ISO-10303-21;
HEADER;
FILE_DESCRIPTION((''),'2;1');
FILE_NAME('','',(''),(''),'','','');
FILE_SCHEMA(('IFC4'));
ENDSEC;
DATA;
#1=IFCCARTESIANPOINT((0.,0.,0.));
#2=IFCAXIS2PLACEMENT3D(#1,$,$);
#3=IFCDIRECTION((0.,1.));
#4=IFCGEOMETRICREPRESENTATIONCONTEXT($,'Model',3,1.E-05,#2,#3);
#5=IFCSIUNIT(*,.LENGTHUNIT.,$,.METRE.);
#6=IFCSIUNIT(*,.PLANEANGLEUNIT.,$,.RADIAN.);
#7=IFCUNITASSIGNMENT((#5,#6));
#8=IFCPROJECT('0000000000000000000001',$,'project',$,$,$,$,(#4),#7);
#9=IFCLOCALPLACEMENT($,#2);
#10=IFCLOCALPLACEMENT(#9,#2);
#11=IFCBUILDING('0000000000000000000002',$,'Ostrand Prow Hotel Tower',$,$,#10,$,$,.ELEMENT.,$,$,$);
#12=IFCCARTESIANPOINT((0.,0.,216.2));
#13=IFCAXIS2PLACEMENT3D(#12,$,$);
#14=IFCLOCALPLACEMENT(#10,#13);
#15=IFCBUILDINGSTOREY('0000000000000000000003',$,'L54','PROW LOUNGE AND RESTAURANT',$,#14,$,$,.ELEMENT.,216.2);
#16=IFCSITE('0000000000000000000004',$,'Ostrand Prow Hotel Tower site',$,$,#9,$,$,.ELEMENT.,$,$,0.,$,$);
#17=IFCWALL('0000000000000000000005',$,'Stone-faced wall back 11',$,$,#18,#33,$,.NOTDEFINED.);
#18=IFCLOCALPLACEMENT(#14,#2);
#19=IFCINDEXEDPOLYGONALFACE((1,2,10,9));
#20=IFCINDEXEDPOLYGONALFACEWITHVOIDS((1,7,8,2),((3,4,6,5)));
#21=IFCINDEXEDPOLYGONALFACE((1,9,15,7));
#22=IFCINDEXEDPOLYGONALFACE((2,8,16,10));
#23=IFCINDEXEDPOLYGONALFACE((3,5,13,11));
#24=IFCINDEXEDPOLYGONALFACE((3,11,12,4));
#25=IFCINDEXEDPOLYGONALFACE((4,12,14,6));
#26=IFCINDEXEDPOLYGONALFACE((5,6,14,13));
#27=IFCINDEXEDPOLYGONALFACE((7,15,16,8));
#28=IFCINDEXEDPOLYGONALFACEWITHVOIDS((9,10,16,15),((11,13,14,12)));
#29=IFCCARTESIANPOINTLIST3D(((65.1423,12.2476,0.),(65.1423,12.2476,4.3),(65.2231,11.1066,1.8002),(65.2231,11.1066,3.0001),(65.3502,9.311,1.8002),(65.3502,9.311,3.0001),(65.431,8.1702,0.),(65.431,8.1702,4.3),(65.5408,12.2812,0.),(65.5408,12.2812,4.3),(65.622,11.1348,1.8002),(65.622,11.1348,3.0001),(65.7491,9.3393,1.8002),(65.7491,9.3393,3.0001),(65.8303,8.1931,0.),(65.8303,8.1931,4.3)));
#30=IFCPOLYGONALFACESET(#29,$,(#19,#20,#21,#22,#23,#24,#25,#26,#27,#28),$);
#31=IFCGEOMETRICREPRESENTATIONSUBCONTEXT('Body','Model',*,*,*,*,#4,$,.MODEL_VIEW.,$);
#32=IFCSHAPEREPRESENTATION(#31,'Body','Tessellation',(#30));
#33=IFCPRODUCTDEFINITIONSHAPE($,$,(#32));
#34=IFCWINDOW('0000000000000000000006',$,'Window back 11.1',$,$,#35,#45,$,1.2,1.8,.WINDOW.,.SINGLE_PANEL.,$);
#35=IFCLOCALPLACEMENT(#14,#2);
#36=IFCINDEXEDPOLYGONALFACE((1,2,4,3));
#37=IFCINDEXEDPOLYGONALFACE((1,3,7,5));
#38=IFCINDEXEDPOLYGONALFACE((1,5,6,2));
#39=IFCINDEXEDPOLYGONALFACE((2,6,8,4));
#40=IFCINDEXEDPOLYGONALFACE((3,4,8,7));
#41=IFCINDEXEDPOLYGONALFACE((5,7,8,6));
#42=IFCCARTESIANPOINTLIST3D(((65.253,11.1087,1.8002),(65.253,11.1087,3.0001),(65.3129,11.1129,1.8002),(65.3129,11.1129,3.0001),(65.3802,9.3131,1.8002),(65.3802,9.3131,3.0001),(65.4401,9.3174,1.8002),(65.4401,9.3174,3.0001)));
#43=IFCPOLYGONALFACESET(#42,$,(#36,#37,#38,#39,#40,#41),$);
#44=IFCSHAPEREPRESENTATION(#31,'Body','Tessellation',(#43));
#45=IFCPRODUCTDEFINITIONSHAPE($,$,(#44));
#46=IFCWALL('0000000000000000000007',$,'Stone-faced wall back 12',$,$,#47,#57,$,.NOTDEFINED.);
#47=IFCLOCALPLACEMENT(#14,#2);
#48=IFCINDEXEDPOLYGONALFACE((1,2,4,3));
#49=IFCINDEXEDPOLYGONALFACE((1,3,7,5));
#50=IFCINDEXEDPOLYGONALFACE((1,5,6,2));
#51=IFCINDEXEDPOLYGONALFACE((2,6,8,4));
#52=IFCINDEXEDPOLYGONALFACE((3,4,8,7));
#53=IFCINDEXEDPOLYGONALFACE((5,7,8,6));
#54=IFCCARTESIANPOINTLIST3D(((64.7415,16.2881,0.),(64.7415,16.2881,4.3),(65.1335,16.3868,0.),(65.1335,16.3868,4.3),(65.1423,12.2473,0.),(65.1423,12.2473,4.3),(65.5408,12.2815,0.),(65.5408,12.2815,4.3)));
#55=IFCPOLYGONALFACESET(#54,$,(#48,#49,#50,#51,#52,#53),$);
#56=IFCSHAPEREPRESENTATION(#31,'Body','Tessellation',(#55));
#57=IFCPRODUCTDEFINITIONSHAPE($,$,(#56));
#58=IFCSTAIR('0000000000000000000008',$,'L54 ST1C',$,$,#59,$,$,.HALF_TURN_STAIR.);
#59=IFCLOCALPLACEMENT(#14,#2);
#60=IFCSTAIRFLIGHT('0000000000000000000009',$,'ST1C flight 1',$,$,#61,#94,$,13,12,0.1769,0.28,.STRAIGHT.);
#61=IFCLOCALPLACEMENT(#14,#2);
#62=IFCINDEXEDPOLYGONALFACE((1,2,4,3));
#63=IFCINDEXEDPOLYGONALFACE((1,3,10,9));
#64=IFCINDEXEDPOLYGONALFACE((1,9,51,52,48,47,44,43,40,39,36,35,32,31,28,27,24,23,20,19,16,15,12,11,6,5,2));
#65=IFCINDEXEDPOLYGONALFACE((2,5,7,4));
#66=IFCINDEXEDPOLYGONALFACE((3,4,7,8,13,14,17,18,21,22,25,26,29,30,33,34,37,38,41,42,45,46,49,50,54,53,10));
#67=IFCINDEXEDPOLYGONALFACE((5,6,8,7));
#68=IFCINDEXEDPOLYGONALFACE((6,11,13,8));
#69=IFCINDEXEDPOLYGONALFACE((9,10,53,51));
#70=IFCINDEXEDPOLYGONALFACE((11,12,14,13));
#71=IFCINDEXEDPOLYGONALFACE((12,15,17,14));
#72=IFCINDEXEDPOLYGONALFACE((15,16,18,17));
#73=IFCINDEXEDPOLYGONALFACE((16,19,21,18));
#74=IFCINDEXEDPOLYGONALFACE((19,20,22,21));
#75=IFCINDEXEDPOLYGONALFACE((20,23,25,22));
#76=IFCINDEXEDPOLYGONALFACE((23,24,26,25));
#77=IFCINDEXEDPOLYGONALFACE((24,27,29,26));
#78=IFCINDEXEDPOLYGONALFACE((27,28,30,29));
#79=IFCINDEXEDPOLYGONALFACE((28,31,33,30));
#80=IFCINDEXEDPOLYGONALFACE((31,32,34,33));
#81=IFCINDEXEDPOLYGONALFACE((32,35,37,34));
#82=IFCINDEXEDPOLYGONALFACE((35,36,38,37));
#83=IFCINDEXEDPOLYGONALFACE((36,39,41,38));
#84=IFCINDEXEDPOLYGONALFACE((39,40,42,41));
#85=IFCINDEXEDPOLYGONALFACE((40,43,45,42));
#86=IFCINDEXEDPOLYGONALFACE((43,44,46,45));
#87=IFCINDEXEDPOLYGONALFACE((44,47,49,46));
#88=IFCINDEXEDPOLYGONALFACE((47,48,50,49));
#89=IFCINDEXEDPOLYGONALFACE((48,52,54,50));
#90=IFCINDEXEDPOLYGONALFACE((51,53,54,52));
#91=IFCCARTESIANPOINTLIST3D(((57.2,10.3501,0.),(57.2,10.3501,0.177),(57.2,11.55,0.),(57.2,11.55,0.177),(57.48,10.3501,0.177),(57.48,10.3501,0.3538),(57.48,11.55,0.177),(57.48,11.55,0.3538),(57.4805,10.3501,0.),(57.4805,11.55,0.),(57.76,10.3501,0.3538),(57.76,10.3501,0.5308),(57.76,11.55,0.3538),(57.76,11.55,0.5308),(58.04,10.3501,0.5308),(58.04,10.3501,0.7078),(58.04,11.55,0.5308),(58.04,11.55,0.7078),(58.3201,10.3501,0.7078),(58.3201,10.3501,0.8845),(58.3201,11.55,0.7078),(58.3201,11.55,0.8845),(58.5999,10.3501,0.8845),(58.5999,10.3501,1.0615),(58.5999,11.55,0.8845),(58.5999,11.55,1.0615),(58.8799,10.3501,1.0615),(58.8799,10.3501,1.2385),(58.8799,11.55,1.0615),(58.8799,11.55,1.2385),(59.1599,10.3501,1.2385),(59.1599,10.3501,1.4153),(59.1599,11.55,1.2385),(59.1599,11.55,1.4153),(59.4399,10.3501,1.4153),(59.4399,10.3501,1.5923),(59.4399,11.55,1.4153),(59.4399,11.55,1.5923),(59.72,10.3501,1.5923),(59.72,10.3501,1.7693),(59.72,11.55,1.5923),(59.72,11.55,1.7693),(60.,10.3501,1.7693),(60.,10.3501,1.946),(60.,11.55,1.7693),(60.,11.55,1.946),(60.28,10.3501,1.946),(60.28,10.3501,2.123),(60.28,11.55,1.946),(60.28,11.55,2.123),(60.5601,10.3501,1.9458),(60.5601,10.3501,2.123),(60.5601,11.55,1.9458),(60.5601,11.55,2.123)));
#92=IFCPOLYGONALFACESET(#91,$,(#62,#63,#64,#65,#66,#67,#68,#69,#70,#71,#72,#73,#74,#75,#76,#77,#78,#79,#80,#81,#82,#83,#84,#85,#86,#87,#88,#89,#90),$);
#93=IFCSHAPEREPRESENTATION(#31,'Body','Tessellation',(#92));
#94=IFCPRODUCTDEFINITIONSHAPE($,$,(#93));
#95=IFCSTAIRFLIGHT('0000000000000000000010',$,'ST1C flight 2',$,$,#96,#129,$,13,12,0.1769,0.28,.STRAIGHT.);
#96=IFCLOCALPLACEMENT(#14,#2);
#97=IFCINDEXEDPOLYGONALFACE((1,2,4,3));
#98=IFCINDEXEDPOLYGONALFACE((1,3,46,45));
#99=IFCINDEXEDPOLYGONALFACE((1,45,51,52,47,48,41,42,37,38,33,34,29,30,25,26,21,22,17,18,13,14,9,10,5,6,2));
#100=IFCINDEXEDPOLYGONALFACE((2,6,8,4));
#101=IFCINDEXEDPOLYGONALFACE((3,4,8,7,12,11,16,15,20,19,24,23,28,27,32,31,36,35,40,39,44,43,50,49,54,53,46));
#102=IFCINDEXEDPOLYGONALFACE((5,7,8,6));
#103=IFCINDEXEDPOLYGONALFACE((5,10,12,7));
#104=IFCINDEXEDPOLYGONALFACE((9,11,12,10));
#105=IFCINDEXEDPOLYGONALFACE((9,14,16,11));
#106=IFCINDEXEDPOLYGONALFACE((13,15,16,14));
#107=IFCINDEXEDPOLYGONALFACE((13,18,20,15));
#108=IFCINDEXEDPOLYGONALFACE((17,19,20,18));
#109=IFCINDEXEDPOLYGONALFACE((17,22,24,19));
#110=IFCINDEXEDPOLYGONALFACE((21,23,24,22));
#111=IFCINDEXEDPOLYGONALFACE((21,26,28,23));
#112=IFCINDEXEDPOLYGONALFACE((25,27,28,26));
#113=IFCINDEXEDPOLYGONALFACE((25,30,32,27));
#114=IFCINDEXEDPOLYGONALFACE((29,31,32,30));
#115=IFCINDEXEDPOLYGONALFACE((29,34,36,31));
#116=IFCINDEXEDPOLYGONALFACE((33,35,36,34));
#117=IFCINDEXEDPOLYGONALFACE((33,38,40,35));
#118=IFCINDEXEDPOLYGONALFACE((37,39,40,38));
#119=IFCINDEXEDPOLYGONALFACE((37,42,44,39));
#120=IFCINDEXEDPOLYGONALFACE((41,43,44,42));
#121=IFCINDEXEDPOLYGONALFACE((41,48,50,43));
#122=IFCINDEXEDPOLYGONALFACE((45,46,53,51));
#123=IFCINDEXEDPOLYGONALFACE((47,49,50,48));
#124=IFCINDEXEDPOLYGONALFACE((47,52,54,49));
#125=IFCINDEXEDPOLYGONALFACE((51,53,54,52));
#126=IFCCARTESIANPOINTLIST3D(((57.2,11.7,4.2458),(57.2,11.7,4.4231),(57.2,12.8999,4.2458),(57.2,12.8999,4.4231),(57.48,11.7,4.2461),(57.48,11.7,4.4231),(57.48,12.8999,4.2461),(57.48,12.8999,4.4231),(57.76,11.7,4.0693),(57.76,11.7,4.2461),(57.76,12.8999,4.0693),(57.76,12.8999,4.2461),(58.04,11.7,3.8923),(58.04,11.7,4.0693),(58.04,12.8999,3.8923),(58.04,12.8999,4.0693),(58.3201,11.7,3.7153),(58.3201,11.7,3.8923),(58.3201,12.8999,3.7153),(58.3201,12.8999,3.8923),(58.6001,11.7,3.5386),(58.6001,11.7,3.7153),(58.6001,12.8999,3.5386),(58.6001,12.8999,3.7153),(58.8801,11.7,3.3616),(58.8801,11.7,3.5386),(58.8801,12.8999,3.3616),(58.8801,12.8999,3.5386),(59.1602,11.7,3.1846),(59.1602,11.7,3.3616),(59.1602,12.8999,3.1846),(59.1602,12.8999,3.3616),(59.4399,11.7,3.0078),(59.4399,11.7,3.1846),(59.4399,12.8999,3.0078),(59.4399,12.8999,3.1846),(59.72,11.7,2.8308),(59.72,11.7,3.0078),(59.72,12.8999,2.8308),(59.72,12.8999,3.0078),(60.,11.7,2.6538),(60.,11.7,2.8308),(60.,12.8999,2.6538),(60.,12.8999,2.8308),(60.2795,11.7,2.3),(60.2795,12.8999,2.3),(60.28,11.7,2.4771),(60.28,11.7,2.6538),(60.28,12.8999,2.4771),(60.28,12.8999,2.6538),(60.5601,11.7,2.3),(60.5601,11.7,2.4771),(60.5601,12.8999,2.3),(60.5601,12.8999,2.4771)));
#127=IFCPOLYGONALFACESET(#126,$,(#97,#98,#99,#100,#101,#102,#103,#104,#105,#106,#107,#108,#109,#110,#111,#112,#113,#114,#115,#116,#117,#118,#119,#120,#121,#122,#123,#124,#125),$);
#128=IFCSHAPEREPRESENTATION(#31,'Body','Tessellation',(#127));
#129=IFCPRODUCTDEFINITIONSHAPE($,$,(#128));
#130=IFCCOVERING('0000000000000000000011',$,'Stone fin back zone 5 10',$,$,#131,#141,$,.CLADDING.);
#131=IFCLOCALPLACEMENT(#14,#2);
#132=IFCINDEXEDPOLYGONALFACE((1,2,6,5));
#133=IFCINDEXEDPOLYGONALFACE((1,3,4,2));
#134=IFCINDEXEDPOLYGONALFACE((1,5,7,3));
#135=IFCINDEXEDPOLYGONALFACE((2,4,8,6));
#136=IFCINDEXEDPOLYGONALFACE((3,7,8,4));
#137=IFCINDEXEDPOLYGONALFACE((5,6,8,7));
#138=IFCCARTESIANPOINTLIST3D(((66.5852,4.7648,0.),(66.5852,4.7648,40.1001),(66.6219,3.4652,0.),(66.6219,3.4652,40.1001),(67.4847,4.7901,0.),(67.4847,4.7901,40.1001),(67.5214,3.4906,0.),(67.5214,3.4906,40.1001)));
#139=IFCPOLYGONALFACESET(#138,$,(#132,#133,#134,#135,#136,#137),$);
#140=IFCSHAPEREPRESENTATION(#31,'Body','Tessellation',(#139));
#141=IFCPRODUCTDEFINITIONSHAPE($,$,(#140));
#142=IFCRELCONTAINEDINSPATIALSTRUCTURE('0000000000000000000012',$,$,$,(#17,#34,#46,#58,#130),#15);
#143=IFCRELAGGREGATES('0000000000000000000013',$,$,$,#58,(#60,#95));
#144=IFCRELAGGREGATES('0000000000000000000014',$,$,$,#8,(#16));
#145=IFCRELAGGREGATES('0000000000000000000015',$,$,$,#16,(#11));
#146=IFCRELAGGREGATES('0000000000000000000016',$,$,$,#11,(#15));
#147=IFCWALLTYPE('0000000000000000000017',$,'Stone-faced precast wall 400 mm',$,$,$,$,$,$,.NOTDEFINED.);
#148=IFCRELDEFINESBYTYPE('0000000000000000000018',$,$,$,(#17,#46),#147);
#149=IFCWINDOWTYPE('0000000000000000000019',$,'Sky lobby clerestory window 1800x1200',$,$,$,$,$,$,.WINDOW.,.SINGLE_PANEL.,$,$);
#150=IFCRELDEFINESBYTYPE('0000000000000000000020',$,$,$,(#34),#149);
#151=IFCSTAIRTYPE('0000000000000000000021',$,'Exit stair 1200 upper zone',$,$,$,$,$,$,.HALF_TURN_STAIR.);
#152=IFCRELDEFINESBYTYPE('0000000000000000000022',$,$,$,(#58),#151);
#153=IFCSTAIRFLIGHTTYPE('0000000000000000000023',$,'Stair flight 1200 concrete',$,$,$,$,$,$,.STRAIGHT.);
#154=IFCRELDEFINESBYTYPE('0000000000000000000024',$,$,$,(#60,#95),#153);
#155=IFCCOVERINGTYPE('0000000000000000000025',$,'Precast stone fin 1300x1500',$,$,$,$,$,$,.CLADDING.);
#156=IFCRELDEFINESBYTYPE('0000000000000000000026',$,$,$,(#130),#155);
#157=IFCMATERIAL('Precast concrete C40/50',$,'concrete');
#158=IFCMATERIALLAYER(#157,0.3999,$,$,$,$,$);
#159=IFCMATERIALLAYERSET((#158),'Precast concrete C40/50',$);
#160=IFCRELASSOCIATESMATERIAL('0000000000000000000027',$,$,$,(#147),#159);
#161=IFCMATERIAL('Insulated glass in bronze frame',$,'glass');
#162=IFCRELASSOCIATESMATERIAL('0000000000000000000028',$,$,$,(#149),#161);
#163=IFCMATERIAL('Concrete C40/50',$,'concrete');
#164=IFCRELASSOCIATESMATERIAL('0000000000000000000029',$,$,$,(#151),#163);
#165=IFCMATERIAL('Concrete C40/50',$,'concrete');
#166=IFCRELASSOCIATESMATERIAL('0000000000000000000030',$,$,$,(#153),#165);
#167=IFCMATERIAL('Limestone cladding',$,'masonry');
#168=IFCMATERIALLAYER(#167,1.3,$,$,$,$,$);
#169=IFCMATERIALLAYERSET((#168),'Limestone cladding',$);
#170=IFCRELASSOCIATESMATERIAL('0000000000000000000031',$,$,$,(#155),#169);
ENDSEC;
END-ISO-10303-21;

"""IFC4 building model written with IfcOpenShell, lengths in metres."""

from ifc_helpers import new_model, si_unit, direction, frame, frame_2d, origin, place, context, subcontext, project, spatial, polyline, rectangle, outline, extrude, material, layer, layer_set, type_object, element, fill, aggregate, save


model = new_model("IFC4")

# Units and contexts
model_context = context("Model", 3, precision=1e-05, world=origin(), true_north=direction((0.0, 1.0)))
body_context = subcontext(model_context, "Body", "Model", "MODEL_VIEW")
ifc_project = project(units=[si_unit("LENGTHUNIT", "METRE"), si_unit("PLANEANGLEUNIT", "RADIAN")], contexts=[model_context])

# Site, building, storey
site_placement = place(None, origin())
site = spatial("IfcSite", under=ifc_project, at=site_placement, Name="Ostrand Prow Hotel Tower site", CompositionType="ELEMENT", RefElevation=0.0)
building_placement = place(site_placement, origin())
building = spatial("IfcBuilding", under=site, at=building_placement, Name="Ostrand Prow Hotel Tower", CompositionType="ELEMENT")
storey_placement = place(building_placement, frame((0.0, 0.0, 216.2)))
storey = spatial("IfcBuildingStorey", under=building, at=storey_placement, Name="L54", Description="PROW LOUNGE AND RESTAURANT", CompositionType="ELEMENT", Elevation=216.2)

# Shared definitions
ifc_material_1 = material(Name="Precast concrete C40/50", Category="concrete")
ifc_layer_1 = layer(ifc_material_1, 0.3999)
ifc_layer_set_1 = layer_set([ifc_layer_1], Name="Precast concrete C40/50")
wall_type_1 = type_object("IfcWallType", Name="Stone-faced precast wall 400 mm", PredefinedType="NOTDEFINED", material=ifc_layer_set_1)

# Wall, opening, window
wall_1_placement = place(storey_placement, frame((65.6306, 8.1816, 0.0), z_axis=(0.0, 0.0, 1.0), x_axis=(-0.070624, 0.997503, 0.0)))
wall_1 = element("IfcWall", 1, at=wall_1_placement, inside=storey, type_object=wall_type_1, Name="Stone-faced wall back 11", PredefinedType="NOTDEFINED", context=body_context, shape_type="SweptSolid", body=[
    extrude(outline(polyline([(-0.0027, -0.2), (4.0957, -0.2), (4.0903, 0.2), (0.0027, 0.2), (-0.0027, -0.2)])), origin(), (0.0, 0.0, 1.0), 4.3),
])
opening_1_placement = place(wall_1_placement, frame((1.1465, 0.0, 1.8)))
opening_1 = element("IfcOpeningElement", 2, at=opening_1_placement, cuts=wall_1, PredefinedType="OPENING", context=body_context, shape_type="SweptSolid", body=[
    extrude(rectangle(XDim=1.8, YDim=1.2, at=frame_2d((0.8999, 0.6001))), frame((0.0, 0.21, 0.0), z_axis=(0.0, -1.0, 0.0), x_axis=(1.0, 0.0, 0.0)), (0.0, 0.0, 1.0), 0.4199),
])
ifc_material_2 = material(Name="Insulated glass in bronze frame", Category="glass")
window_type = type_object("IfcWindowType", Name="Sky lobby clerestory window 1800x1200", PartitioningType="SINGLE_PANEL", PredefinedType="WINDOW", material=ifc_material_2)
window_placement = place(opening_1_placement, origin())
window = element("IfcWindow", 3, at=window_placement, inside=storey, type_object=window_type, Name="Window back 11.1", OverallHeight=1.2, OverallWidth=1.8, PartitioningType="SINGLE_PANEL", PredefinedType="WINDOW", context=body_context, shape_type="SweptSolid", body=[
    extrude(rectangle(XDim=1.8, YDim=1.2, at=frame_2d((0.8999, 0.6001))), frame((0.0, 0.1699, 0.0), z_axis=(0.0, -1.0, 0.0), x_axis=(1.0, 0.0, 0.0)), (0.0, 0.0, 1.0), 0.0601),
])
fill(opening_1, window)

# Wall
wall_2_placement = place(storey_placement, frame((65.3416, 12.2644, 0.0), z_axis=(0.0, 0.0, 1.0), x_axis=(-0.098718, 0.995115, 0.0)))
element("IfcWall", 4, at=wall_2_placement, inside=storey, type_object=wall_type_1, Name="Stone-faced wall back 12", PredefinedType="NOTDEFINED", context=body_context, shape_type="SweptSolid", body=[
    extrude(outline(polyline([(-0.0027, -0.2), (4.1228, -0.2), (4.0632, 0.2), (0.0027, 0.2), (-0.0027, -0.2)])), origin(), (0.0, 0.0, 1.0), 4.3),
])

# Stair, stair flights
ifc_material_3 = material(Name="Concrete C40/50", Category="concrete")
stair_type = type_object("IfcStairType", Name="Exit stair 1200 upper zone", PredefinedType="HALF_TURN_STAIR", material=ifc_material_3)
stair_placement = place(storey_placement, origin())
stair = element("IfcStair", 5, at=stair_placement, inside=storey, type_object=stair_type, Name="L54 ST1C", PredefinedType="HALF_TURN_STAIR")
ifc_material_4 = material(Name="Concrete C40/50", Category="concrete")
stair_flight_type = type_object("IfcStairFlightType", Name="Stair flight 1200 concrete", PredefinedType="STRAIGHT", material=ifc_material_4)
stair_flight_1_placement = place(storey_placement, frame((57.2, 10.95, 0.0), z_axis=(0.0, 0.0, 1.0), x_axis=(1.0, 0.0, 0.0)))
stair_flight_1 = element("IfcStairFlight", 6, at=stair_flight_1_placement, type_object=stair_flight_type, Name="ST1C flight 1", NumberOfRisers=13, NumberOfTreads=12, PredefinedType="STRAIGHT", RiserHeight=0.1769, TreadLength=0.28, context=body_context, shape_type="SweptSolid", body=[
    extrude(outline(polyline([(0.0, 0.0), (0.0, 0.177), (0.28, 0.177), (0.28, 0.3538), (0.5601, 0.3538), (0.5601, 0.5308), (0.8401, 0.5308), (0.8401, 0.7078), (1.1201, 0.7078), (1.1201, 0.8845), (1.3999, 0.8845), (1.3999, 1.0615), (1.6799, 1.0615), (1.6799, 1.2385), (1.96, 1.2385), (1.96, 1.4153), (2.24, 1.4153), (2.24, 1.5923), (2.52, 1.5923), (2.52, 1.7693), (2.8, 1.7693), (2.8, 1.946), (3.0801, 1.946), (3.0801, 2.123), (3.3601, 2.123), (3.3601, 2.3), (3.3601, 1.9458), (0.2805, 0.0), (0.0, 0.0)])), frame((0.0, 0.6001, 0.0), z_axis=(0.0, -1.0, 0.0), x_axis=(1.0, 0.0, 0.0)), (0.0, 0.0, 1.0), 1.2),
])
stair_flight_2_placement = place(storey_placement, frame((60.5601, 12.3, 2.3), z_axis=(0.0, 0.0, 1.0), x_axis=(-1.0, 0.0, 0.0)))
stair_flight_2 = element("IfcStairFlight", 7, at=stair_flight_2_placement, type_object=stair_flight_type, Name="ST1C flight 2", NumberOfRisers=13, NumberOfTreads=12, PredefinedType="STRAIGHT", RiserHeight=0.1769, TreadLength=0.28, context=body_context, shape_type="SweptSolid", body=[
    extrude(outline(polyline([(0.0, 0.0), (0.0, 0.177), (0.28, 0.177), (0.28, 0.3538), (0.5601, 0.3538), (0.5601, 0.5308), (0.8401, 0.5308), (0.8401, 0.7078), (1.1201, 0.7078), (1.1201, 0.8845), (1.3999, 0.8845), (1.3999, 1.0615), (1.6799, 1.0615), (1.6799, 1.2385), (1.96, 1.2385), (1.96, 1.4153), (2.24, 1.4153), (2.24, 1.5923), (2.52, 1.5923), (2.52, 1.7693), (2.8, 1.7693), (2.8, 1.946), (3.0801, 1.946), (3.0801, 2.123), (3.3601, 2.123), (3.3601, 2.3), (3.3601, 1.9458), (0.2805, 0.0), (0.0, 0.0)])), frame((0.0, 0.6001, 0.0), z_axis=(0.0, -1.0, 0.0), x_axis=(1.0, 0.0, 0.0)), (0.0, 0.0, 1.0), 1.2),
])
aggregate(stair, [stair_flight_1, stair_flight_2])

# Covering
ifc_material_5 = material(Name="Limestone cladding", Category="masonry")
ifc_layer_2 = layer(ifc_material_5, 1.3)
ifc_layer_set_2 = layer_set([ifc_layer_2], Name="Limestone cladding")
covering_type = type_object("IfcCoveringType", Name="Precast stone fin 1300x1500", PredefinedType="CLADDING", material=ifc_layer_set_2)
covering_placement = place(storey_placement, frame((66.6035, 4.115, 0.0), z_axis=(0.0, 0.0, 1.0), x_axis=(0.999602, 0.028211, 0.0)))
element("IfcCovering", 8, at=covering_placement, inside=storey, type_object=covering_type, Name="Stone fin back zone 5 10", PredefinedType="CLADDING", context=body_context, shape_type="SweptSolid", body=[
    extrude(rectangle(XDim=0.8999, YDim=1.3, at=frame_2d((0.45, 0.0))), origin(), (0.0, 0.0, 1.0), 40.1001),
])

save(model, "model.ifc")
